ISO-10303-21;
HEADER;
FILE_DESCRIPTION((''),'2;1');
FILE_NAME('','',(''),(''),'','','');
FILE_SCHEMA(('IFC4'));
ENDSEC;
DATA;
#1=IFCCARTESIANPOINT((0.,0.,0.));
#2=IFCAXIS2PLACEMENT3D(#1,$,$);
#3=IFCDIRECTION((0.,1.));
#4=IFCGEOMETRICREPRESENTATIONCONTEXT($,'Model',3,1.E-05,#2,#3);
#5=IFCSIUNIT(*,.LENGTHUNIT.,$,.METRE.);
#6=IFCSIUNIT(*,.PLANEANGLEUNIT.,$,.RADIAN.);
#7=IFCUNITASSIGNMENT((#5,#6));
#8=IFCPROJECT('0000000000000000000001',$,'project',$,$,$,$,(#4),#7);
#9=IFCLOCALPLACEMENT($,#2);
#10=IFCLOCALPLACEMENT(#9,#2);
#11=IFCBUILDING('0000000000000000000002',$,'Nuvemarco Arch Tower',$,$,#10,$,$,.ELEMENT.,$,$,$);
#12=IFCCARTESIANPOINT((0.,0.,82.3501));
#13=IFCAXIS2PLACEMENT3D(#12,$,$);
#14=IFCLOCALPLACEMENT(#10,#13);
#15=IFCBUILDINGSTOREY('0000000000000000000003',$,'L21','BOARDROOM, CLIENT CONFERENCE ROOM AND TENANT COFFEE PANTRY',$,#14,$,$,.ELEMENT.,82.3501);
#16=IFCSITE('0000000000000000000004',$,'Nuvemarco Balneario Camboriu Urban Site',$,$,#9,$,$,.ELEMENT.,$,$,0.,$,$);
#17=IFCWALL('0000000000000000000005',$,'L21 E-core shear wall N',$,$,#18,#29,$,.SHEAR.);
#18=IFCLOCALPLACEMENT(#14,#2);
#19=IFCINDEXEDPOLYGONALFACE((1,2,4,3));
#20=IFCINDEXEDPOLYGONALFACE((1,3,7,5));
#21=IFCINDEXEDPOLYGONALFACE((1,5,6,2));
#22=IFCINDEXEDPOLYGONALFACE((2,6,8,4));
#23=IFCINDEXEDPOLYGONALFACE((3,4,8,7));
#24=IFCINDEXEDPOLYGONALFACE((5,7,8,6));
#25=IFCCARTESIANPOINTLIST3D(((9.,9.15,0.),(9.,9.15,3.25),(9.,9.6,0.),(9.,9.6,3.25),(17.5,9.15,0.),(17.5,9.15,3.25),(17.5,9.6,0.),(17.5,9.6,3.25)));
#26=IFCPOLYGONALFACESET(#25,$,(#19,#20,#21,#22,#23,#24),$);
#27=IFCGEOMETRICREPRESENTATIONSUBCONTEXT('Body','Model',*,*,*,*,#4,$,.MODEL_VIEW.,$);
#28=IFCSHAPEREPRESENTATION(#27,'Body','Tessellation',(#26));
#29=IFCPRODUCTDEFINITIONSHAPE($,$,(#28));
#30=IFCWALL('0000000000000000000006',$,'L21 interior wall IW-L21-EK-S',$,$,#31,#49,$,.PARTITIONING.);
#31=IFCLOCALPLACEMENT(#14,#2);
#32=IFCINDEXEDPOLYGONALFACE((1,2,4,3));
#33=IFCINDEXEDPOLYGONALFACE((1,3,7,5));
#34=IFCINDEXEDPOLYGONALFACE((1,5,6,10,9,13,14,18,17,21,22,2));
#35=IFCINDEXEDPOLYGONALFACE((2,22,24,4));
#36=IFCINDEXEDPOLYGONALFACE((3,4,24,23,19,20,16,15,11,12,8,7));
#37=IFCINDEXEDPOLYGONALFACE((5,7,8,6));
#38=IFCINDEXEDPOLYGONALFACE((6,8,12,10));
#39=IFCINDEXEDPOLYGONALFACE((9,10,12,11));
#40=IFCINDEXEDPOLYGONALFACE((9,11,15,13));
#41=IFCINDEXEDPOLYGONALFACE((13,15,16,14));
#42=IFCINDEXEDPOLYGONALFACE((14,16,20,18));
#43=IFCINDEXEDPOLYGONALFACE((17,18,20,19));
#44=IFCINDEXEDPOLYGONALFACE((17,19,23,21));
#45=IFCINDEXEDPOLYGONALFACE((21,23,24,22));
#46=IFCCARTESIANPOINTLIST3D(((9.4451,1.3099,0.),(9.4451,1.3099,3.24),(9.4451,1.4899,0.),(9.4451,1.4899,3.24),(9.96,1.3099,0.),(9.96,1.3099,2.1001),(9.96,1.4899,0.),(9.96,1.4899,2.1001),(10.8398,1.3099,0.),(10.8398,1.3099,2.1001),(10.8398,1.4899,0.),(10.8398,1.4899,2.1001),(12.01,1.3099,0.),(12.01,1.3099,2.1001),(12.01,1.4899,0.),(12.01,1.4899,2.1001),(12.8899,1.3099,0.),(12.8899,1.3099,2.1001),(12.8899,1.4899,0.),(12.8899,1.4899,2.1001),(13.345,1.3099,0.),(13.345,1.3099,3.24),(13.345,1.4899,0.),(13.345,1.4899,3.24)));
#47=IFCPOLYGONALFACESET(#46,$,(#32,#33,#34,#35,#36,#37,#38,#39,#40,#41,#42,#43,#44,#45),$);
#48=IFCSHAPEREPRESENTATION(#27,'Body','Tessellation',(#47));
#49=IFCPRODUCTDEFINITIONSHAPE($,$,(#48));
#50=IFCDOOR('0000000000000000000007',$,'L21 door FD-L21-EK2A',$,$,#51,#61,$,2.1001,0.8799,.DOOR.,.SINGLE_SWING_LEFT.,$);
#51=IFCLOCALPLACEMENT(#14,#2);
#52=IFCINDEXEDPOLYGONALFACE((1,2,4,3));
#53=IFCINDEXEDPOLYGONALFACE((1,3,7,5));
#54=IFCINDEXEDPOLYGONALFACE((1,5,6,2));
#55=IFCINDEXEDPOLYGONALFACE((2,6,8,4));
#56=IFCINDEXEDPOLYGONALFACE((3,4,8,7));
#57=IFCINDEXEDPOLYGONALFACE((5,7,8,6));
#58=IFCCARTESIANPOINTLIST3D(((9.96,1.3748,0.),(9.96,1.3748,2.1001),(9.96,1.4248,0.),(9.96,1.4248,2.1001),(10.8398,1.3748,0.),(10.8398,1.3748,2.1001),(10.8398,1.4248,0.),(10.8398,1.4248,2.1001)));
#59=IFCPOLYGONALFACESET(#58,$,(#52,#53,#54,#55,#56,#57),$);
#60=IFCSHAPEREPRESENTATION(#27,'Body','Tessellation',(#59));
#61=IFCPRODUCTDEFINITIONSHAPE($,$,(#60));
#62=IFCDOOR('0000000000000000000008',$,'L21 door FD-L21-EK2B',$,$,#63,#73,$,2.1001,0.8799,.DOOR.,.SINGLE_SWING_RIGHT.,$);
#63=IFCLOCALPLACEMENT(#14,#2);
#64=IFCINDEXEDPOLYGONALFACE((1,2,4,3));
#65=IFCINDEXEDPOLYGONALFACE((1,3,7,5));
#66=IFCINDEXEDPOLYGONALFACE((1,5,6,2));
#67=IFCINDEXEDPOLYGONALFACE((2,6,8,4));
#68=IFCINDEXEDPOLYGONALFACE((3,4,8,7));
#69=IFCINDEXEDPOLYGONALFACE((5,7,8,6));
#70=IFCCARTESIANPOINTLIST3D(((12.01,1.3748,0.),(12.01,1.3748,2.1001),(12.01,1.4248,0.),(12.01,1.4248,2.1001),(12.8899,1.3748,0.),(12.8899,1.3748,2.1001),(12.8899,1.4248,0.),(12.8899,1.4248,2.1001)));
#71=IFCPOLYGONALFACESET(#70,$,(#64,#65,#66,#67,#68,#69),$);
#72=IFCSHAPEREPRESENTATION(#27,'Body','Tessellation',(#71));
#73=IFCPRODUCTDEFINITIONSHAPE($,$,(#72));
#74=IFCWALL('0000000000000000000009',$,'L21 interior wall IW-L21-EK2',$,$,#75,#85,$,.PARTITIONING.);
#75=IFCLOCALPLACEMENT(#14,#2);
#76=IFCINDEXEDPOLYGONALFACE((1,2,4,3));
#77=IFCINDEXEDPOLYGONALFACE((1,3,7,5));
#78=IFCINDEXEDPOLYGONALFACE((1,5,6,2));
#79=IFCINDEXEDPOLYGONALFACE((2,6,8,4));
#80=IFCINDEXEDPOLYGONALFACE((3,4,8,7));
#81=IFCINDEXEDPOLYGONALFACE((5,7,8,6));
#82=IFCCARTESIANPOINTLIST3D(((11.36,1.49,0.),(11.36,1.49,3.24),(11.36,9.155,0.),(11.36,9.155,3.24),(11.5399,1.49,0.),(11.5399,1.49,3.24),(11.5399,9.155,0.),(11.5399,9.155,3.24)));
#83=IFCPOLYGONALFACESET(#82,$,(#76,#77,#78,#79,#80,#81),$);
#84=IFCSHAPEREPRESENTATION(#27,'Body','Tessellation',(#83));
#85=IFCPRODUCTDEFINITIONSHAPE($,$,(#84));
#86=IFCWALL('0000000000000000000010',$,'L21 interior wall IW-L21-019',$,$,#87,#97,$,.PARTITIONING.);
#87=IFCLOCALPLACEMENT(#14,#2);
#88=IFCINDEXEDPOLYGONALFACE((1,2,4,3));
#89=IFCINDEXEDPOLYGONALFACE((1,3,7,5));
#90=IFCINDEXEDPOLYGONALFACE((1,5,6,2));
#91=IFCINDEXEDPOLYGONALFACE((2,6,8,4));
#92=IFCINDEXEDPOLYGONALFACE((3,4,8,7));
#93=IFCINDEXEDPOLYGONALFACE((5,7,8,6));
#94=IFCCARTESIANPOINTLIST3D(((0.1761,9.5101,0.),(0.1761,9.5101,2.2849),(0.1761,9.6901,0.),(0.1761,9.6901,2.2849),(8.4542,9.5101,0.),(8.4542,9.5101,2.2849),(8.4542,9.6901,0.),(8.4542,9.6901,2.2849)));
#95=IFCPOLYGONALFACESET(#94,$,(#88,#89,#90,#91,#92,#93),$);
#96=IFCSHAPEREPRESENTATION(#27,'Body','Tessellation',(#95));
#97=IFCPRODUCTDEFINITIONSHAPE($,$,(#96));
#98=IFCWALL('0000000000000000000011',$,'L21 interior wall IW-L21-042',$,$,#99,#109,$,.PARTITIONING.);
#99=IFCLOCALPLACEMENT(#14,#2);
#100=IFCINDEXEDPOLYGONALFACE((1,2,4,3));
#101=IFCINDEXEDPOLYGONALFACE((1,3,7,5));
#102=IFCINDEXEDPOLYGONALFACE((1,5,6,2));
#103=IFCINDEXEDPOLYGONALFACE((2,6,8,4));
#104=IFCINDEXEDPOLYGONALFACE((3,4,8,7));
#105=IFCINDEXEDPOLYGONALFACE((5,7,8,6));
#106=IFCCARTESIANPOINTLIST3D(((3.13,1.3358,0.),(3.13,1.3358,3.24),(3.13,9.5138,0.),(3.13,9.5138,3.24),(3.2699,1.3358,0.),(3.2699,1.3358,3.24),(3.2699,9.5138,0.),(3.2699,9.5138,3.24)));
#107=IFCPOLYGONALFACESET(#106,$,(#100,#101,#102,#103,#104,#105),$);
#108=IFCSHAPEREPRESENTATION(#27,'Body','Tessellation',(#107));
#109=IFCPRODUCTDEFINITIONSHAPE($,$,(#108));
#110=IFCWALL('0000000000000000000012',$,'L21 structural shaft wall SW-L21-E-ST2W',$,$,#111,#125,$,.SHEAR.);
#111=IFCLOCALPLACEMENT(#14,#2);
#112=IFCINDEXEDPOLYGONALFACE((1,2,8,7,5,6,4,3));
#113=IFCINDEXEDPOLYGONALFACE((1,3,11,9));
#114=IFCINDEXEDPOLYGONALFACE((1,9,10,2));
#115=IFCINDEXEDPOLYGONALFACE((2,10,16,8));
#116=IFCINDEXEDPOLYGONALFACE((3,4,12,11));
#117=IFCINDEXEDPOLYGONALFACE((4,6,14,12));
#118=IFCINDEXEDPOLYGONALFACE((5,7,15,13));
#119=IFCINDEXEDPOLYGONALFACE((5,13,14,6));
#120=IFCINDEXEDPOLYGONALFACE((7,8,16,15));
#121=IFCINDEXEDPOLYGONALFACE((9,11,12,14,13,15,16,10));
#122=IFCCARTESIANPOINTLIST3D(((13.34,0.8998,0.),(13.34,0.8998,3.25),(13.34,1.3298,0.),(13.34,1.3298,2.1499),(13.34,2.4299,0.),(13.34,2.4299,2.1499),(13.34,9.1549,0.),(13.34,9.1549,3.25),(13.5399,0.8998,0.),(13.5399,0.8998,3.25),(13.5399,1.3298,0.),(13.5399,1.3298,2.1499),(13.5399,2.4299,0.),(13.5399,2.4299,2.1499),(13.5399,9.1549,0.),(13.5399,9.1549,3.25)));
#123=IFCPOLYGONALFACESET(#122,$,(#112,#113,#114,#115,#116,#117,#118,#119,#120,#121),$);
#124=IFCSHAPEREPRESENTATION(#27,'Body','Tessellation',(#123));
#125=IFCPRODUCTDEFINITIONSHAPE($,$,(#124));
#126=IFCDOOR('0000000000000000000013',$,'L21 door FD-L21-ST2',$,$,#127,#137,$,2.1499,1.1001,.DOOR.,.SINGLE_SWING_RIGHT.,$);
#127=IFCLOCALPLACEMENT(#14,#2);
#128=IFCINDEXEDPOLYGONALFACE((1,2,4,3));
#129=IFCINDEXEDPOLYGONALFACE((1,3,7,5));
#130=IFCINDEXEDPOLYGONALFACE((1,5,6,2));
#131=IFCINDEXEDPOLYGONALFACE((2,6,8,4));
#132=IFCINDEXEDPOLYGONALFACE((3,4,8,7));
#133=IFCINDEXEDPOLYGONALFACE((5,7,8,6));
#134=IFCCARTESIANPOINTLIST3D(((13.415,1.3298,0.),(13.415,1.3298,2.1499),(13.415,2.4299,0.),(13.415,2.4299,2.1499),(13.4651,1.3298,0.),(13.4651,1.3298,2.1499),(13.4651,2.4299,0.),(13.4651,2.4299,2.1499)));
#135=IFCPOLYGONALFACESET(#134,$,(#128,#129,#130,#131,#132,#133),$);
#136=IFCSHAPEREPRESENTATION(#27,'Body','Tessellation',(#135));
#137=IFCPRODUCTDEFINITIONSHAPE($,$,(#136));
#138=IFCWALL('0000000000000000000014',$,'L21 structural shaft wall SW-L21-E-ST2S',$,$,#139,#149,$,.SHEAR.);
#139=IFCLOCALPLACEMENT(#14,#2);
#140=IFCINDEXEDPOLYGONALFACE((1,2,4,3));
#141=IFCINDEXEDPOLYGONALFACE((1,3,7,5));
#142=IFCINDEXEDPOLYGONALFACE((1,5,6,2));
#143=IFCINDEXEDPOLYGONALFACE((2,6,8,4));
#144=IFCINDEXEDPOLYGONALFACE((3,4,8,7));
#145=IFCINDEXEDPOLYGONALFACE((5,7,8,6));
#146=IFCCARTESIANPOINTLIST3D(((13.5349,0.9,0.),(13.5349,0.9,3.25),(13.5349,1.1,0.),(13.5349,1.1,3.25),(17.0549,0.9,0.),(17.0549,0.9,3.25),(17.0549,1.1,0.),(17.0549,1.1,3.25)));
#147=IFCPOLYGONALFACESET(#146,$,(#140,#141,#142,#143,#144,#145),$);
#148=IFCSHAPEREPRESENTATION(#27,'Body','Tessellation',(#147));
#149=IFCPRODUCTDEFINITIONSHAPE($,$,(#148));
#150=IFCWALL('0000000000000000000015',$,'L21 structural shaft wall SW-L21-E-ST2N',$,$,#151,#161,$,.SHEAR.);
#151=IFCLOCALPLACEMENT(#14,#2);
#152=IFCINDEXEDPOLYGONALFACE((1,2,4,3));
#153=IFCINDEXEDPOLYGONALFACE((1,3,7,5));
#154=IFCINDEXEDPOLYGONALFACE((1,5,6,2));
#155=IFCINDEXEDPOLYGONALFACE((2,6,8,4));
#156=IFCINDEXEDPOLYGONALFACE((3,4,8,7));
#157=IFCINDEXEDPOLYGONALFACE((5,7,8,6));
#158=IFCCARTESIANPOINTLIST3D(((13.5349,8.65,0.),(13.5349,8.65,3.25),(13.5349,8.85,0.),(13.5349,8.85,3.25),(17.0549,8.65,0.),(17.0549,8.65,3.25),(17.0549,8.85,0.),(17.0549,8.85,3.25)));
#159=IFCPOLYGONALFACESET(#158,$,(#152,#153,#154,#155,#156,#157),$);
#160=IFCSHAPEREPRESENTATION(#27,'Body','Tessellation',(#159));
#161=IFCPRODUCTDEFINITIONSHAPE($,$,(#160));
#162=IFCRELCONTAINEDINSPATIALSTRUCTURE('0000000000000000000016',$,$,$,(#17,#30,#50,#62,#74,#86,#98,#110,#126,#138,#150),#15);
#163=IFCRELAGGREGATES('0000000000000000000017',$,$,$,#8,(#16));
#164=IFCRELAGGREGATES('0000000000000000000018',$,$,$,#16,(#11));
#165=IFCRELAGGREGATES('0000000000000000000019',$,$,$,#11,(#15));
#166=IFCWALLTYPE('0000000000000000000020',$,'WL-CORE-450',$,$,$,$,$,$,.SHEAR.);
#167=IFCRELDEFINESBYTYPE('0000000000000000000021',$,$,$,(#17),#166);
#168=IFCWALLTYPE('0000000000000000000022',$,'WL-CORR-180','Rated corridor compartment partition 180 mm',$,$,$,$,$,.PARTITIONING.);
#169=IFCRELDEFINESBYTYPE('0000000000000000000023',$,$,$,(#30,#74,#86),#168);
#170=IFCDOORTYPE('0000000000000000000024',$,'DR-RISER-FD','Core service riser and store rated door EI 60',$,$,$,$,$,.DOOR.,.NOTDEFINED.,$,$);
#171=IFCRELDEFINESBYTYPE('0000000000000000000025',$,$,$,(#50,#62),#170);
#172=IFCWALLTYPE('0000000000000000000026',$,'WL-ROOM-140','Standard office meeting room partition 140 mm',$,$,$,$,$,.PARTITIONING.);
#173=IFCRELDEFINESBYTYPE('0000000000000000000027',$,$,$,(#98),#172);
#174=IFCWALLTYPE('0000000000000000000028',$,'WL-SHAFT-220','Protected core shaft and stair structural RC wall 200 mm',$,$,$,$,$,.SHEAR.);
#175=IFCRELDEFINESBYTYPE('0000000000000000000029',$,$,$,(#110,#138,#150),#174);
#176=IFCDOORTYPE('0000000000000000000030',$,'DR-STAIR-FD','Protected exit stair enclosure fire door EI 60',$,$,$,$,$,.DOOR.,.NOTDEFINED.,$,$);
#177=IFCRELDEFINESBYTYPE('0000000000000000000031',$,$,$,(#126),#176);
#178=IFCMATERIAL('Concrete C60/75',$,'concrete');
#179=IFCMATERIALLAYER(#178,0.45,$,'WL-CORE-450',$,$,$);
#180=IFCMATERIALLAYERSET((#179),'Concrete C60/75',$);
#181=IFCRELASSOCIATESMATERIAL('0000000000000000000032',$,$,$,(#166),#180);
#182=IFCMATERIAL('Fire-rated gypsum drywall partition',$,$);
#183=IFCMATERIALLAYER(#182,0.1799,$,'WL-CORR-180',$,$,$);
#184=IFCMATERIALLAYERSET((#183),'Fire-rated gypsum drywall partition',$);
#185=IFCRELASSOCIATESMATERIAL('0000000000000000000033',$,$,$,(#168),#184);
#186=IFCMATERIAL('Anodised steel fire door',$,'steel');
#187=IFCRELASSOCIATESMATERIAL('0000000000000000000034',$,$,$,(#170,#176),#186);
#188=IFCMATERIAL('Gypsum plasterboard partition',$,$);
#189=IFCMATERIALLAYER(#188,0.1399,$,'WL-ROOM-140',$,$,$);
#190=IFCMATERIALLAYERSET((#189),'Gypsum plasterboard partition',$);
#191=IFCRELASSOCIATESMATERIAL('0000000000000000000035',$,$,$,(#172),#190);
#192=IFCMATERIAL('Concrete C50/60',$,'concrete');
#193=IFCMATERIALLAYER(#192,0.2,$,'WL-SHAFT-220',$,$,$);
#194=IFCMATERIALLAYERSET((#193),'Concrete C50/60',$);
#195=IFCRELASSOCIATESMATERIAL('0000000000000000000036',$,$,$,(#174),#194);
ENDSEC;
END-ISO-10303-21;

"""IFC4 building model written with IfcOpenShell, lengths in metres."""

from ifc_helpers import new_model, si_unit, direction, frame, frame_2d, origin, place, context, subcontext, project, spatial, rectangle, extrude, source, transform, mapped, material, layer, layer_set, type_object, type_shapes, element, fill, save


model = new_model("IFC4")

# Units and contexts
model_context = context("Model", 3, precision=1e-05, world=origin(), true_north=direction((0.0, 1.0)))
body_context = subcontext(model_context, "Body", "Model", "MODEL_VIEW")
ifc_project = project(units=[si_unit("LENGTHUNIT", "METRE"), si_unit("PLANEANGLEUNIT", "RADIAN")], contexts=[model_context])

# Site, building, storey
site_placement = place(None, origin())
site = spatial("IfcSite", under=ifc_project, at=site_placement, Name="Nuvemarco Balneario Camboriu Urban Site", CompositionType="ELEMENT", RefElevation=0.0)
building_placement = place(site_placement, origin())
building = spatial("IfcBuilding", under=site, at=building_placement, Name="Nuvemarco Arch Tower", CompositionType="ELEMENT")
storey_placement = place(building_placement, frame((0.0, 0.0, 82.3501)))
storey = spatial("IfcBuildingStorey", under=building, at=storey_placement, Name="L21", Description="BOARDROOM, CLIENT CONFERENCE ROOM AND TENANT COFFEE PANTRY", CompositionType="ELEMENT", Elevation=82.3501)

# Shared definitions
ifc_material_1 = material(Name="Concrete C60/75", Category="concrete")

# Wall
ifc_layer_1 = layer(ifc_material_1, 0.45, Name="WL-CORE-450")
ifc_layer_set_1 = layer_set([ifc_layer_1], Name="Concrete C60/75")
wall_type_1 = type_object("IfcWallType", Name="WL-CORE-450", PredefinedType="SHEAR", material=ifc_layer_set_1)
wall_1_placement = place(storey_placement, frame((9.0, 9.375, 0.0), z_axis=(0.0, 0.0, 1.0), x_axis=(1.0, 0.0, 0.0)))
element("IfcWall", 1, at=wall_1_placement, inside=storey, type_object=wall_type_1, Name="L21 E-core shear wall N", PredefinedType="SHEAR", context=body_context, shape_type="SweptSolid", body=[
    extrude(rectangle(XDim=8.5, YDim=0.45, at=frame_2d((4.25, 0.0))), origin(), (0.0, 0.0, 1.0), 3.25),
])

# Wall, openings, doors
ifc_material_2 = material(Name="Fire-rated gypsum drywall partition")
ifc_layer_2 = layer(ifc_material_2, 0.1799, Name="WL-CORR-180")
ifc_layer_set_2 = layer_set([ifc_layer_2], Name="Fire-rated gypsum drywall partition")
wall_type_2 = type_object("IfcWallType", Name="WL-CORR-180", Description="Rated corridor compartment partition 180 mm", PredefinedType="PARTITIONING", material=ifc_layer_set_2)
wall_2_placement = place(storey_placement, frame((9.4451, 1.3999, 0.0), z_axis=(0.0, 0.0, 1.0), x_axis=(1.0, 0.0, 0.0)))
wall_2 = element("IfcWall", 2, at=wall_2_placement, inside=storey, type_object=wall_type_2, Name="L21 interior wall IW-L21-EK-S", PredefinedType="PARTITIONING", context=body_context, shape_type="SweptSolid", body=[
    extrude(rectangle(XDim=3.8999, YDim=0.1799, at=frame_2d((1.95, 0.0))), origin(), (0.0, 0.0, 1.0), 3.24),
])
opening_1_placement = place(wall_2_placement, frame((0.5149, 0.0, 0.0)))
opening_1 = element("IfcOpeningElement", 3, at=opening_1_placement, cuts=wall_2, PredefinedType="OPENING", context=body_context, shape_type="SweptSolid", body=[
    extrude(rectangle(XDim=0.8799, YDim=2.1001, at=frame_2d((0.4399, 1.05))), frame((0.0, 0.0999, 0.0), z_axis=(0.0, -1.0, 0.0), x_axis=(1.0, 0.0, 0.0)), (0.0, 0.0, 1.0), 0.2),
])
opening_2_placement = place(wall_2_placement, frame((2.5649, 0.0, 0.0)))
opening_2 = element("IfcOpeningElement", 4, at=opening_2_placement, cuts=wall_2, PredefinedType="OPENING", context=body_context, shape_type="SweptSolid", body=[
    extrude(rectangle(XDim=0.8799, YDim=2.1001, at=frame_2d((0.4399, 1.05))), frame((0.0, 0.0999, 0.0), z_axis=(0.0, -1.0, 0.0), x_axis=(1.0, 0.0, 0.0)), (0.0, 0.0, 1.0), 0.2),
])
ifc_material_3 = material(Name="Anodised steel fire door", Category="steel")
door_type_1 = type_object("IfcDoorType", Name="DR-RISER-FD", Description="Core service riser and store rated door EI 60", OperationType="NOTDEFINED", PredefinedType="DOOR", material=ifc_material_3)
shared_shape_1 = source(origin(), body_context, "Body", "SweptSolid", [
    extrude(rectangle(XDim=0.8799, YDim=2.1001, at=frame_2d((0.4399, 1.05))), frame((0.0, 0.0249, 0.0), z_axis=(0.0, -1.0, 0.0), x_axis=(1.0, 0.0, 0.0)), (0.0, 0.0, 1.0), 0.05),
])
type_shapes(door_type_1, [shared_shape_1])
door_1_placement = place(opening_1_placement, origin())
door_1 = element("IfcDoor", 5, at=door_1_placement, inside=storey, type_object=door_type_1, Name="L21 door FD-L21-EK2A", OperationType="SINGLE_SWING_LEFT", OverallHeight=2.1001, OverallWidth=0.8799, PredefinedType="DOOR", context=body_context, shape_type="MappedRepresentation", body=[
    mapped(shared_shape_1, transform((0.0, 0.0, 0.0), scale=1.0)),
])
fill(opening_1, door_1)
door_2_placement = place(opening_2_placement, origin())
door_2 = element("IfcDoor", 6, at=door_2_placement, inside=storey, type_object=door_type_1, Name="L21 door FD-L21-EK2B", OperationType="SINGLE_SWING_RIGHT", OverallHeight=2.1001, OverallWidth=0.8799, PredefinedType="DOOR", context=body_context, shape_type="MappedRepresentation", body=[
    mapped(shared_shape_1, transform((0.0, 0.0, 0.0), scale=1.0)),
])
fill(opening_2, door_2)

# Walls
wall_3_placement = place(storey_placement, frame((11.45, 1.49, 0.0), z_axis=(0.0, 0.0, 1.0), x_axis=(0.0, 1.0, 0.0)))
element("IfcWall", 7, at=wall_3_placement, inside=storey, type_object=wall_type_2, Name="L21 interior wall IW-L21-EK2", PredefinedType="PARTITIONING", context=body_context, shape_type="SweptSolid", body=[
    extrude(rectangle(XDim=7.665, YDim=0.1799, at=frame_2d((3.8325, 0.0))), origin(), (0.0, 0.0, 1.0), 3.24),
])
wall_4_placement = place(storey_placement, frame((0.176, 9.6001, 0.0), z_axis=(0.0, 0.0, 1.0), x_axis=(1.0, 0.0, 0.0)))
element("IfcWall", 8, at=wall_4_placement, inside=storey, type_object=wall_type_2, Name="L21 interior wall IW-L21-019", PredefinedType="PARTITIONING", context=body_context, shape_type="SweptSolid", body=[
    extrude(rectangle(XDim=8.2781, YDim=0.1799, at=frame_2d((4.1392, 0.0))), origin(), (0.0, 0.0, 1.0), 2.2849),
])
ifc_material_4 = material(Name="Gypsum plasterboard partition")
ifc_layer_3 = layer(ifc_material_4, 0.1399, Name="WL-ROOM-140")
ifc_layer_set_3 = layer_set([ifc_layer_3], Name="Gypsum plasterboard partition")
wall_type_3 = type_object("IfcWallType", Name="WL-ROOM-140", Description="Standard office meeting room partition 140 mm", PredefinedType="PARTITIONING", material=ifc_layer_set_3)
wall_5_placement = place(storey_placement, frame((3.2, 1.3359, 0.0), z_axis=(0.0, 0.0, 1.0), x_axis=(0.0, 1.0, 0.0)))
element("IfcWall", 9, at=wall_5_placement, inside=storey, type_object=wall_type_3, Name="L21 interior wall IW-L21-042", PredefinedType="PARTITIONING", context=body_context, shape_type="SweptSolid", body=[
    extrude(rectangle(XDim=8.178, YDim=0.1399, at=frame_2d((4.0889, 0.0))), origin(), (0.0, 0.0, 1.0), 3.24),
])

# Wall, opening, door
ifc_material_5 = material(Name="Concrete C50/60", Category="concrete")
ifc_layer_4 = layer(ifc_material_5, 0.2, Name="WL-SHAFT-220")
ifc_layer_set_4 = layer_set([ifc_layer_4], Name="Concrete C50/60")
wall_type_4 = type_object("IfcWallType", Name="WL-SHAFT-220", Description="Protected core shaft and stair structural RC wall 200 mm", PredefinedType="SHEAR", material=ifc_layer_set_4)
wall_6_placement = place(storey_placement, frame((13.4399, 0.8999, 0.0), z_axis=(0.0, 0.0, 1.0), x_axis=(0.0, 1.0, 0.0)))
wall_6 = element("IfcWall", 10, at=wall_6_placement, inside=storey, type_object=wall_type_4, Name="L21 structural shaft wall SW-L21-E-ST2W", PredefinedType="SHEAR", context=body_context, shape_type="SweptSolid", body=[
    extrude(rectangle(XDim=8.2551, YDim=0.2, at=frame_2d((4.1274, 0.0))), origin(), (0.0, 0.0, 1.0), 3.25),
])
opening_3_placement = place(wall_6_placement, frame((0.4299, 0.0, 0.0)))
opening_3 = element("IfcOpeningElement", 11, at=opening_3_placement, cuts=wall_6, PredefinedType="OPENING", context=body_context, shape_type="SweptSolid", body=[
    extrude(rectangle(XDim=1.1001, YDim=2.1499, at=frame_2d((0.55, 1.075))), frame((0.0, 0.1099, 0.0), z_axis=(0.0, -1.0, 0.0), x_axis=(1.0, 0.0, 0.0)), (0.0, 0.0, 1.0), 0.22),
])
door_type_2 = type_object("IfcDoorType", Name="DR-STAIR-FD", Description="Protected exit stair enclosure fire door EI 60", OperationType="NOTDEFINED", PredefinedType="DOOR", material=ifc_material_3)
shared_shape_2 = source(origin(), body_context, "Body", "SweptSolid", [
    extrude(rectangle(XDim=1.1001, YDim=2.1499, at=frame_2d((0.55, 1.075))), frame((0.0, 0.0249, 0.0), z_axis=(0.0, -1.0, 0.0), x_axis=(1.0, 0.0, 0.0)), (0.0, 0.0, 1.0), 0.05),
])
type_shapes(door_type_2, [shared_shape_2])
door_3_placement = place(opening_3_placement, origin())
door_3 = element("IfcDoor", 12, at=door_3_placement, inside=storey, type_object=door_type_2, Name="L21 door FD-L21-ST2", OperationType="SINGLE_SWING_RIGHT", OverallHeight=2.1499, OverallWidth=1.1001, PredefinedType="DOOR", context=body_context, shape_type="MappedRepresentation", body=[
    mapped(shared_shape_2, transform((0.0, 0.0, 0.0), scale=1.0)),
])
fill(opening_3, door_3)

# Walls
for number, where, z_axis, x_axis, name in (
    (13, (13.5349, 1.0, 0.0), (0.0, 0.0, 1.0), (1.0, 0.0, 0.0), "L21 structural shaft wall SW-L21-E-ST2S"),
    (14, (13.5349, 8.75, 0.0), (0.0, 0.0, 1.0), (1.0, 0.0, 0.0), "L21 structural shaft wall SW-L21-E-ST2N"),
):
    element("IfcWall", number, at=place(storey_placement, frame(where, z_axis=z_axis, x_axis=x_axis)), inside=storey, type_object=wall_type_4, Name=name, PredefinedType="SHEAR", context=body_context, shape_type="SweptSolid", body=[
        extrude(rectangle(XDim=3.52, YDim=0.2, at=frame_2d((1.76, 0.0))), origin(), (0.0, 0.0, 1.0), 3.25),
    ])

save(model, "model.ifc")
